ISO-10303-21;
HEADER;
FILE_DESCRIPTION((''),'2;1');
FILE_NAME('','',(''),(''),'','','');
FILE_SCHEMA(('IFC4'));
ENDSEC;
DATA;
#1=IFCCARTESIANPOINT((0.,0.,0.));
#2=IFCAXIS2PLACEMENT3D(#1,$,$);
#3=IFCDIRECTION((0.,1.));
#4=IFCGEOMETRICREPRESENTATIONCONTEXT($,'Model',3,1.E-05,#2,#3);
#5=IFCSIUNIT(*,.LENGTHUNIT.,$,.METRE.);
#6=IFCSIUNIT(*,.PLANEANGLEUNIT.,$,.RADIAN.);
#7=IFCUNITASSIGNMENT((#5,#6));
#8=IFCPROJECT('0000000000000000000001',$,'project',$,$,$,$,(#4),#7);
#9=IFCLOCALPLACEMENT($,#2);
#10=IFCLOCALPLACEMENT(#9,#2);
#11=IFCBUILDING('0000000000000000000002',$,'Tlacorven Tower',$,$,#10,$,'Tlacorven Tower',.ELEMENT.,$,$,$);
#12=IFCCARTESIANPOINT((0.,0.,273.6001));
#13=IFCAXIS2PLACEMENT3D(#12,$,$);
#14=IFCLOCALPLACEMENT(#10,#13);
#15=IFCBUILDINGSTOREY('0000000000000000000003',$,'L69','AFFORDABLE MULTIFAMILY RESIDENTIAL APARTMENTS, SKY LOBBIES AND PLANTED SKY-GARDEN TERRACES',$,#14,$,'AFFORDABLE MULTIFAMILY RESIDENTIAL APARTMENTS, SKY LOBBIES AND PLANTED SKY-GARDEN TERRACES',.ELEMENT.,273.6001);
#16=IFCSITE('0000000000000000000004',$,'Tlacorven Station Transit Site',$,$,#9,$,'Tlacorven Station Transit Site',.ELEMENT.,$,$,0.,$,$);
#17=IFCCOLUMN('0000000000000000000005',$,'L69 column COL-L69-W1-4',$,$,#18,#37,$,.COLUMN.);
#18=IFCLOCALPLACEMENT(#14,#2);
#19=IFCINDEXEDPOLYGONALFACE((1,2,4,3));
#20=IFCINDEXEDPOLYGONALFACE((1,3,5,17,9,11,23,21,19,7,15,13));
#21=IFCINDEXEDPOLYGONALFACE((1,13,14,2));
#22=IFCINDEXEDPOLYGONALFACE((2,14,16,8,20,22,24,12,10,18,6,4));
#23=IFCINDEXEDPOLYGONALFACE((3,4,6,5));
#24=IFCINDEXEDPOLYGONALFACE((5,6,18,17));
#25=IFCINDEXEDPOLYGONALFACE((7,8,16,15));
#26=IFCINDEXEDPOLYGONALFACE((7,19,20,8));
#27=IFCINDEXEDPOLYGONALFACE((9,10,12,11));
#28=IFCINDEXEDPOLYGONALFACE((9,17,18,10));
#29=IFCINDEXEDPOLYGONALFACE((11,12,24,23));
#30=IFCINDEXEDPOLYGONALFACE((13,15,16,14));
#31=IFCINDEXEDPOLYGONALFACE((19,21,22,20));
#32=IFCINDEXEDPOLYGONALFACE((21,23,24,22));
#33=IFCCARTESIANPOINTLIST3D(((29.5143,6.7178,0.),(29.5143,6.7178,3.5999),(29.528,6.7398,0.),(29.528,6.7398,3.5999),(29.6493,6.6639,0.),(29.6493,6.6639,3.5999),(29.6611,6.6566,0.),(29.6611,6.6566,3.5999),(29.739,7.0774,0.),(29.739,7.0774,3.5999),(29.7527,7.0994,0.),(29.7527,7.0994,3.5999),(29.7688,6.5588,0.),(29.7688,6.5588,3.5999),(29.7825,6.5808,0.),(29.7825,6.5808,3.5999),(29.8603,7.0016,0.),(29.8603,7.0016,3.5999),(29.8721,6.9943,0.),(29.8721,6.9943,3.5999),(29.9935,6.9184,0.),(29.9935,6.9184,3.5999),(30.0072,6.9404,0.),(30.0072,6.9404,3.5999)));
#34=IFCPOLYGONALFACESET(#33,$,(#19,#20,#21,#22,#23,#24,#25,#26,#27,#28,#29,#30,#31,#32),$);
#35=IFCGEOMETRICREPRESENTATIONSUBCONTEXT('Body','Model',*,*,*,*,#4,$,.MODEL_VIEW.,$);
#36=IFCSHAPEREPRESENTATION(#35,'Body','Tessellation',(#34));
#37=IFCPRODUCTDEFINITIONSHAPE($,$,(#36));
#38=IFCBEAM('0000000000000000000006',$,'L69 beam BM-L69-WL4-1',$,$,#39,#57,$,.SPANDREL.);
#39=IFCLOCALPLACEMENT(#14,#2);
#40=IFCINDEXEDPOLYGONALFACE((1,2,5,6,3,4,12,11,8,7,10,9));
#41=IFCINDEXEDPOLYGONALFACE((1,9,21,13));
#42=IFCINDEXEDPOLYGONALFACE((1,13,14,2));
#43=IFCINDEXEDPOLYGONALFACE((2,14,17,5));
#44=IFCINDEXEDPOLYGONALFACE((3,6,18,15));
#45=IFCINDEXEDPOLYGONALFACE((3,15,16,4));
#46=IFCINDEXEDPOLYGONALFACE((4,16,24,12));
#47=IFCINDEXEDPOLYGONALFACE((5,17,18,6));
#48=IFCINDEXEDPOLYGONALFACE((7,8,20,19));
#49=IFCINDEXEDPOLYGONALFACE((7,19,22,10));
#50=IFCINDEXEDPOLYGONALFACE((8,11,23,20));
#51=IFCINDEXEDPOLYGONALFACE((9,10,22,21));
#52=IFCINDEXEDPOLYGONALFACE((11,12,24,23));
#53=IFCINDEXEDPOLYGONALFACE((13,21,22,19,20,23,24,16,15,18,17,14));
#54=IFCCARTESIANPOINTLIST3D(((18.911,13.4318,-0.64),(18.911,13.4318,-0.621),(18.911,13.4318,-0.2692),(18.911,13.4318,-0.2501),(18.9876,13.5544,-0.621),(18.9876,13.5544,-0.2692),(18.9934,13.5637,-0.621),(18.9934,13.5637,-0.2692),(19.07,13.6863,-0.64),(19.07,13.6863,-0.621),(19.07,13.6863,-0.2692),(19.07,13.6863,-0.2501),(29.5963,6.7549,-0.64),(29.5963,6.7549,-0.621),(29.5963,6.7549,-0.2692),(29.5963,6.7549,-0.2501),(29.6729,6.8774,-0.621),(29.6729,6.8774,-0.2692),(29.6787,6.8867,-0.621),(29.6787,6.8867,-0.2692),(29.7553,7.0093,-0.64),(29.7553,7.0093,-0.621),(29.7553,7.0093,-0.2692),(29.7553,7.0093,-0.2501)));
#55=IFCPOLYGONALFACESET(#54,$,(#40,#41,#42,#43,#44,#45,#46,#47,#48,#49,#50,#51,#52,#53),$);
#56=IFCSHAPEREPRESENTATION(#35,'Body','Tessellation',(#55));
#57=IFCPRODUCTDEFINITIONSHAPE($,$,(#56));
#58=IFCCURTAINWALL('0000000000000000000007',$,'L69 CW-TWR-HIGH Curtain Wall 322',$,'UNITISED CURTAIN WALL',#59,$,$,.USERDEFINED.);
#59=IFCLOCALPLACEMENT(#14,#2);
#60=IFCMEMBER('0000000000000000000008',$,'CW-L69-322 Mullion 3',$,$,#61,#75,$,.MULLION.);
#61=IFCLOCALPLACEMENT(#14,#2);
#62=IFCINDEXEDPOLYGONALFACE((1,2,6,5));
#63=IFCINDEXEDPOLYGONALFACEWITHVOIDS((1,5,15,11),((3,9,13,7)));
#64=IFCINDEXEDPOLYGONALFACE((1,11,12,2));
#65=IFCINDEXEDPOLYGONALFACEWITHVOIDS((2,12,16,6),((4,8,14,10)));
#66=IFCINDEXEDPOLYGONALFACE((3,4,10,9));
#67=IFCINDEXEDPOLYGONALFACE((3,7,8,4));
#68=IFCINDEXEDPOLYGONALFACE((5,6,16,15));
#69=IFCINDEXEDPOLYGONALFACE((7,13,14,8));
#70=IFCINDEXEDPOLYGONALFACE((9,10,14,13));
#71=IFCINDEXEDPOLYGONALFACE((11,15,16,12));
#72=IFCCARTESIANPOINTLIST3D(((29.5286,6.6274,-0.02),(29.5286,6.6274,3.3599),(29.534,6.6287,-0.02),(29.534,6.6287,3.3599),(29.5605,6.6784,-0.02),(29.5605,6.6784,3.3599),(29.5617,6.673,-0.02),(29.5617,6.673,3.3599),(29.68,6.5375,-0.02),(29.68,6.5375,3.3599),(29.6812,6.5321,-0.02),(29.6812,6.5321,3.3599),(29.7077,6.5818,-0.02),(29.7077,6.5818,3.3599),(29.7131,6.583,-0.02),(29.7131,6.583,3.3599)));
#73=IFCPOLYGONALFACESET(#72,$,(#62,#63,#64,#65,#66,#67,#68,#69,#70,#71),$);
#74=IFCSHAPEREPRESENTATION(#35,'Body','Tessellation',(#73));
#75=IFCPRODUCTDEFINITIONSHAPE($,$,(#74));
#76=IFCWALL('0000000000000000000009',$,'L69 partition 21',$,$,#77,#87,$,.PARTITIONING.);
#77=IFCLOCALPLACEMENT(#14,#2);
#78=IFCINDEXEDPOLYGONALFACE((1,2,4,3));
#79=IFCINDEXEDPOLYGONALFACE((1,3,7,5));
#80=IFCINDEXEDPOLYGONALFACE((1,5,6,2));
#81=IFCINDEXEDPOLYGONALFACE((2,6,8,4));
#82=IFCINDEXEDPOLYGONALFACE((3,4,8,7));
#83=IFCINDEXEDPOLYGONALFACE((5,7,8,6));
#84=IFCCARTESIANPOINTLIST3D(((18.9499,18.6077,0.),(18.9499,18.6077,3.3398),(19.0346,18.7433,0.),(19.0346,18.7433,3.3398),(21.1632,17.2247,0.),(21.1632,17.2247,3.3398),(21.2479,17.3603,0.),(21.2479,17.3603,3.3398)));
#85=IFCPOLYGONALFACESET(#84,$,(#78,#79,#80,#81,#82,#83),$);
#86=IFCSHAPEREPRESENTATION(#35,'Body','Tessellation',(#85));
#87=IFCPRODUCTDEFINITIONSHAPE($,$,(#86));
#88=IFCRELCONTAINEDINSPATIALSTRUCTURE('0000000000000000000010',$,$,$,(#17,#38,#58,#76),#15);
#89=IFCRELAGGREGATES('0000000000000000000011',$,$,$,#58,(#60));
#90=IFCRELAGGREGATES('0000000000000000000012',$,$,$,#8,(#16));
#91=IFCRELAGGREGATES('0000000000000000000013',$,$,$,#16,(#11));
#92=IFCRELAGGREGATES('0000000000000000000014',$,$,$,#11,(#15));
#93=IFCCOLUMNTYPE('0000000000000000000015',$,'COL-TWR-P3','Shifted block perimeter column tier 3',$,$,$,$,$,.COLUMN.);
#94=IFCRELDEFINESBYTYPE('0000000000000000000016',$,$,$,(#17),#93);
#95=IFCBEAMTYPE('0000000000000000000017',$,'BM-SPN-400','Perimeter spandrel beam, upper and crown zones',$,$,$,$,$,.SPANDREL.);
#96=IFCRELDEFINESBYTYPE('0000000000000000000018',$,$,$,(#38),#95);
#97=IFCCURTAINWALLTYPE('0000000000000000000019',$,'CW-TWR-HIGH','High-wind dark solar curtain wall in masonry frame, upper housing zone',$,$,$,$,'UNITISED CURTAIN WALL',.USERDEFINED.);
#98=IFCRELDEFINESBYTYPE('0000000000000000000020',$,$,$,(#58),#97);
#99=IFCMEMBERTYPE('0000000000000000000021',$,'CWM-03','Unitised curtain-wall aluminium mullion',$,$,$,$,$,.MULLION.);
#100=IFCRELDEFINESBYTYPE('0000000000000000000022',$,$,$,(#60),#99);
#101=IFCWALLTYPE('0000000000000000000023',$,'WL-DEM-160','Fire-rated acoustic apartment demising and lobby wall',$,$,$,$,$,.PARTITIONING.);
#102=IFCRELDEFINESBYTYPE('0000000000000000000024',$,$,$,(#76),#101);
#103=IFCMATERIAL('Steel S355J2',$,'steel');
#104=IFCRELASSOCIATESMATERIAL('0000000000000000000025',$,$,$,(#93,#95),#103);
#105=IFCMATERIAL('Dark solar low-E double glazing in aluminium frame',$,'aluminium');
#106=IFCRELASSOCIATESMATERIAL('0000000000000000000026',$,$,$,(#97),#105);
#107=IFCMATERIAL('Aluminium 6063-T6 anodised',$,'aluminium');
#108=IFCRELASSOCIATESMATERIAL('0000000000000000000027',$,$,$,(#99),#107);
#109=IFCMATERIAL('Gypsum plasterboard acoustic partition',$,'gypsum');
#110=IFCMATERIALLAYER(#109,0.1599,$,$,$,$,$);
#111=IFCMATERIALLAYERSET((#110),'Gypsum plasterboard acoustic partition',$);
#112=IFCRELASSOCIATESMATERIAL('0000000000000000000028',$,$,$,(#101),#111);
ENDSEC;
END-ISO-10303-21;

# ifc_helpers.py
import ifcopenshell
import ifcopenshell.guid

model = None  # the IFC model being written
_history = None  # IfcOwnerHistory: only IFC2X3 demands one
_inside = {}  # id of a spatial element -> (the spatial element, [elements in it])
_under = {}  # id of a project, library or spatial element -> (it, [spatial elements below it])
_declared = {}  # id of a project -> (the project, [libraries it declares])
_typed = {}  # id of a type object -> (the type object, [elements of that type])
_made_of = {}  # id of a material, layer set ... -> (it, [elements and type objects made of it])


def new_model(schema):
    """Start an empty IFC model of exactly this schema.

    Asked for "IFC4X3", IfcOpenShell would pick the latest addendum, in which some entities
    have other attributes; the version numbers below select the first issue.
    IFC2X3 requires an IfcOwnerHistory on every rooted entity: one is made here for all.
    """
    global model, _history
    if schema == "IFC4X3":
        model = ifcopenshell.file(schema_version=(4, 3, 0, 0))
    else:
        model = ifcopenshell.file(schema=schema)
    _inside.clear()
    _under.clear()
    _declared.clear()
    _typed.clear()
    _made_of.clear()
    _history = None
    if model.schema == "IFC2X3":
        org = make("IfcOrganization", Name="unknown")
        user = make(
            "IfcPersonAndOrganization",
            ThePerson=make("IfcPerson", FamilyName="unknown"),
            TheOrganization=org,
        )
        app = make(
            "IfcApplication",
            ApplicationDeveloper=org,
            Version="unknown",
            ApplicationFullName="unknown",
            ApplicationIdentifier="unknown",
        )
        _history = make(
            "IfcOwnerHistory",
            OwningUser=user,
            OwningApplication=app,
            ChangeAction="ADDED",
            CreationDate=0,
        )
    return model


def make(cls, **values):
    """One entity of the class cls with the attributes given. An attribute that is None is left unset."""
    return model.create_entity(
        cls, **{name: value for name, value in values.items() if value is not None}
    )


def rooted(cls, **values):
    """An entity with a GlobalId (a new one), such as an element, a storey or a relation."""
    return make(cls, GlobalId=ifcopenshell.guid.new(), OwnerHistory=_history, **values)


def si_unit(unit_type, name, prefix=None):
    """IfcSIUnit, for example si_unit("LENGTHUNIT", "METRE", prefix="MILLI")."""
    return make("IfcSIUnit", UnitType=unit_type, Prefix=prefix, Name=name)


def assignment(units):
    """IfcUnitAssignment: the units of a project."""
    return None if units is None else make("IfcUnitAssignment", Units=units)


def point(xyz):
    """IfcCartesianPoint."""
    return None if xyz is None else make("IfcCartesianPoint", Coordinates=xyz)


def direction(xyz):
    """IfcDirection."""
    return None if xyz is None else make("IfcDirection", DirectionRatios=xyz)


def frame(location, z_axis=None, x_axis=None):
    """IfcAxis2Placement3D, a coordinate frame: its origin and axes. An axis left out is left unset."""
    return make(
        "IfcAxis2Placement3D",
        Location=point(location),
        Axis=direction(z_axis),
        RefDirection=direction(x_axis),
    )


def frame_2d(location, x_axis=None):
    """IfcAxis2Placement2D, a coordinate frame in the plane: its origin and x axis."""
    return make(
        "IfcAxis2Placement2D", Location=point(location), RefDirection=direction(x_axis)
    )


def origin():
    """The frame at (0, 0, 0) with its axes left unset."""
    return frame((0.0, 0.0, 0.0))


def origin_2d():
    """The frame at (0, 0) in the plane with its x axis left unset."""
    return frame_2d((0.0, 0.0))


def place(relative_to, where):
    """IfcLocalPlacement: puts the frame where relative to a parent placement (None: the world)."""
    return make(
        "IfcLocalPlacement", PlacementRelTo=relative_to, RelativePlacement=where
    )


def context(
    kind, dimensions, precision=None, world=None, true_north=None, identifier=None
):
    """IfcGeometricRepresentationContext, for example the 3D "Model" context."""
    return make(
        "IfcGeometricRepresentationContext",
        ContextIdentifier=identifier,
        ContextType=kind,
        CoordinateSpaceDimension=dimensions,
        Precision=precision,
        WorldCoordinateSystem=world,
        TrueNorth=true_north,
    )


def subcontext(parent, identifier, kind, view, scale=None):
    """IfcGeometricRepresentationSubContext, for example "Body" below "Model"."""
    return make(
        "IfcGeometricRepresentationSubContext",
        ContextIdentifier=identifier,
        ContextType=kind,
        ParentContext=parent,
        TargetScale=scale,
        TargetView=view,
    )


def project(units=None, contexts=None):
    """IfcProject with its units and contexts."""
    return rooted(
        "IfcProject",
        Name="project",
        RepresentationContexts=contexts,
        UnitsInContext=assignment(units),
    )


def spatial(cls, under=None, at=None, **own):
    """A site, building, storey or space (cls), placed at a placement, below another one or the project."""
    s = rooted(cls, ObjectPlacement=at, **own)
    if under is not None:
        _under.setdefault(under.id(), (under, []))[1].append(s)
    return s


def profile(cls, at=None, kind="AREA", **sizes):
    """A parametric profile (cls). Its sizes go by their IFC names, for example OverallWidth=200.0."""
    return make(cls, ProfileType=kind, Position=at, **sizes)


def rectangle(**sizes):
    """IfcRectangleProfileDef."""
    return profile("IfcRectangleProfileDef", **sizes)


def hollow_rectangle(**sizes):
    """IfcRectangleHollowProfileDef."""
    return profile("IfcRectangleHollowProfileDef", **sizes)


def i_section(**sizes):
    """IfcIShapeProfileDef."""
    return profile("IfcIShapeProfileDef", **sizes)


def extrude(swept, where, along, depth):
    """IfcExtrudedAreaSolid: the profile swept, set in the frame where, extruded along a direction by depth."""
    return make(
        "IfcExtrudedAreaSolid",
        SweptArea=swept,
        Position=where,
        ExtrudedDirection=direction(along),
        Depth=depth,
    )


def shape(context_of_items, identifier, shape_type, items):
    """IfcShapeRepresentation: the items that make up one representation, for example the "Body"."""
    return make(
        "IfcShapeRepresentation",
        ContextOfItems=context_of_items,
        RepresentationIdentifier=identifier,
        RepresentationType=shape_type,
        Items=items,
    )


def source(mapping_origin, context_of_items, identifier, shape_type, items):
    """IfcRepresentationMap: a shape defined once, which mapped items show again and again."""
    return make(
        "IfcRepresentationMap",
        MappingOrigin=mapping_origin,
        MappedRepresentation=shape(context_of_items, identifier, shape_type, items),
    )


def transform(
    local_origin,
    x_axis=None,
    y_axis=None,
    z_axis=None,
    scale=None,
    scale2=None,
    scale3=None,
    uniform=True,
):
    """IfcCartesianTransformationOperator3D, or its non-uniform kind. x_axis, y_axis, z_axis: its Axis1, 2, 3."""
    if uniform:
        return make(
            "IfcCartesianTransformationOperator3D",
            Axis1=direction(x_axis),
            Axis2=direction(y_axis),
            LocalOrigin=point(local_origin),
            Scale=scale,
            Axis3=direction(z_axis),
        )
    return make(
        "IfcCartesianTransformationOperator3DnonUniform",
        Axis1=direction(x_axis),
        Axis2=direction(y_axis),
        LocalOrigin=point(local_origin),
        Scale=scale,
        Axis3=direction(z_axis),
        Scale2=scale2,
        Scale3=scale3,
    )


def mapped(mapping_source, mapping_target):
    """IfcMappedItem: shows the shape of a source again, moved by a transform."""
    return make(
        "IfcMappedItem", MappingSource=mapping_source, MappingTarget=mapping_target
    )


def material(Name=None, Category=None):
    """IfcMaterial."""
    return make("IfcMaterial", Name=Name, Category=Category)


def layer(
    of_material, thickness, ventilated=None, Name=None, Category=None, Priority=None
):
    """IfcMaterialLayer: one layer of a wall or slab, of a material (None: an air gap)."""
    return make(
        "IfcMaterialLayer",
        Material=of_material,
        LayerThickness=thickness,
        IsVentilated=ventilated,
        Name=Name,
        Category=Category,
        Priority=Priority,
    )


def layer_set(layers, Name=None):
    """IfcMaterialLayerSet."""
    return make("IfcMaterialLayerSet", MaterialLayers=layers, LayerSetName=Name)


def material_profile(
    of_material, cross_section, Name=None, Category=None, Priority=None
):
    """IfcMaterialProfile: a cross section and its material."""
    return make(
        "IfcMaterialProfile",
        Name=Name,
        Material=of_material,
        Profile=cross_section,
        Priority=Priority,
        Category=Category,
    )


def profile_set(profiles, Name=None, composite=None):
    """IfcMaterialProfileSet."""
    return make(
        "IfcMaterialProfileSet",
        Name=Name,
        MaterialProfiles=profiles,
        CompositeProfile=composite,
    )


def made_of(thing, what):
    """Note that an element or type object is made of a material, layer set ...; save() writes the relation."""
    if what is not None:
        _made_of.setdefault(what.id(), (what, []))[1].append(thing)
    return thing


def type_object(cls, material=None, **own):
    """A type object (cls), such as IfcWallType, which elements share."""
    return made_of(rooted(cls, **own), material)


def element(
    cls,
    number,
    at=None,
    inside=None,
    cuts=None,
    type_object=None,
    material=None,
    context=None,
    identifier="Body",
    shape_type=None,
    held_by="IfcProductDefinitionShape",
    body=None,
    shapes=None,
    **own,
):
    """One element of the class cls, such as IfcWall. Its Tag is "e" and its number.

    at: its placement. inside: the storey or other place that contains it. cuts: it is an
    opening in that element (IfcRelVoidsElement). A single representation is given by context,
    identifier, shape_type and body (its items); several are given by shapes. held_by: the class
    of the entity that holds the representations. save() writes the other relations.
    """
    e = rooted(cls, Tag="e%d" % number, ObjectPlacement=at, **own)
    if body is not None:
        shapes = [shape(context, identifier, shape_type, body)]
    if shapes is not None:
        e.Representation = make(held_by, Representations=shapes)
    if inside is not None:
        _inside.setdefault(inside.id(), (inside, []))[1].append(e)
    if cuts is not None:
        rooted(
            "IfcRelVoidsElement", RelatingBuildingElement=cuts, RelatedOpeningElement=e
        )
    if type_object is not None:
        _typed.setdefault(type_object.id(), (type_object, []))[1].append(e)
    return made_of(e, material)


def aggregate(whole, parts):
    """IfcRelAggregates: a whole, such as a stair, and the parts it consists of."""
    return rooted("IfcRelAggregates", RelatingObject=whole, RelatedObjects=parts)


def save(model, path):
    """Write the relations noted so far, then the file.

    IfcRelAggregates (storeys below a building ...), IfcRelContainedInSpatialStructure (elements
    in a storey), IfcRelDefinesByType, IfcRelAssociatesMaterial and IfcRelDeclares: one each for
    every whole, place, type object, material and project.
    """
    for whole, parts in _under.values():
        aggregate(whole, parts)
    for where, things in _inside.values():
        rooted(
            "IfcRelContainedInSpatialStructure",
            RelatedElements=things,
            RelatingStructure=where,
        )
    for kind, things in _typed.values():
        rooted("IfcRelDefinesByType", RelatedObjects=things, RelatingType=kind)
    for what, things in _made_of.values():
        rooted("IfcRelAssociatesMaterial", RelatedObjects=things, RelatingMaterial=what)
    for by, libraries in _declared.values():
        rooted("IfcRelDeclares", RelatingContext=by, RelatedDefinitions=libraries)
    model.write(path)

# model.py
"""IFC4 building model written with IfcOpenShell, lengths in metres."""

from ifc_helpers import new_model, si_unit, direction, frame, frame_2d, origin, origin_2d, place, context, subcontext, project, spatial, rectangle, hollow_rectangle, i_section, extrude, source, transform, mapped, material, layer, layer_set, material_profile, profile_set, type_object, element, aggregate, save


model = new_model("IFC4")

# Units and contexts
model_context = context("Model", 3, precision=1e-05, world=origin(), true_north=direction((0.0, 1.0)))
body_context = subcontext(model_context, "Body", "Model", "MODEL_VIEW")
ifc_project = project(units=[si_unit("LENGTHUNIT", "METRE"), si_unit("PLANEANGLEUNIT", "RADIAN")], contexts=[model_context])

# Site, building, storey
site_placement = place(None, origin())
site = spatial("IfcSite", under=ifc_project, at=site_placement, Name="Tlacorven Station Transit Site", LongName="Tlacorven Station Transit Site", CompositionType="ELEMENT", RefElevation=0.0)
building_placement = place(site_placement, origin())
building = spatial("IfcBuilding", under=site, at=building_placement, Name="Tlacorven Tower", LongName="Tlacorven Tower", CompositionType="ELEMENT")
storey_placement = place(building_placement, frame((0.0, 0.0, 273.6001)))
storey = spatial("IfcBuildingStorey", under=building, at=storey_placement, Name="L69", Description="AFFORDABLE MULTIFAMILY RESIDENTIAL APARTMENTS, SKY LOBBIES AND PLANTED SKY-GARDEN TERRACES", LongName="AFFORDABLE MULTIFAMILY RESIDENTIAL APARTMENTS, SKY LOBBIES AND PLANTED SKY-GARDEN TERRACES", CompositionType="ELEMENT", Elevation=273.6001)

# Column
ifc_material_1 = material(Name="Steel S355J2", Category="steel")
ifc_material_profile_1 = material_profile(ifc_material_1, i_section(OverallWidth=0.3, OverallDepth=0.45, WebThickness=0.0139, FlangeThickness=0.0259, at=origin_2d()), Name="HEB 450")
ifc_profile_set_1 = profile_set([ifc_material_profile_1], Name="Steel S355J2")
column_type = type_object("IfcColumnType", Name="COL-TWR-P3", Description="Shifted block perimeter column tier 3", PredefinedType="COLUMN", material=ifc_profile_set_1)
shared_shape_1 = source(origin(), body_context, "Body", "SweptSolid", [
    extrude(i_section(OverallWidth=0.3, OverallDepth=0.45, WebThickness=0.0139, FlangeThickness=0.0259, at=origin_2d()), origin(), (0.0, 0.0, 1.0), 3.5999),
])
column_placement = place(storey_placement, frame((29.7607, 6.8291, 0.0), z_axis=(0.0, 0.0, 1.0), x_axis=(-0.848048, 0.529919, 0.0)))
element("IfcColumn", 1, at=column_placement, inside=storey, type_object=column_type, Name="L69 column COL-L69-W1-4", PredefinedType="COLUMN", context=body_context, shape_type="MappedRepresentation", body=[
    mapped(shared_shape_1, transform((0.0, 0.0, 0.0), scale=1.0)),
])

# Beam
ifc_material_profile_2 = material_profile(ifc_material_1, i_section(OverallWidth=0.3, OverallDepth=0.3899, WebThickness=0.011, FlangeThickness=0.019, at=origin_2d()), Name="HEA 400")
ifc_profile_set_2 = profile_set([ifc_material_profile_2], Name="Steel S355J2")
beam_type = type_object("IfcBeamType", Name="BM-SPN-400", Description="Perimeter spandrel beam, upper and crown zones", PredefinedType="SPANDREL", material=ifc_profile_set_2)
shared_shape_2 = source(origin(), body_context, "Body", "SweptSolid", [
    extrude(i_section(OverallWidth=0.3, OverallDepth=0.3899, WebThickness=0.011, FlangeThickness=0.019, at=origin_2d()), origin(), (0.0, 0.0, 1.0), 12.5999),
])
beam_placement = place(storey_placement, frame((29.6758, 6.8821, -0.4451), z_axis=(-0.848045, 0.529924, 0.0), x_axis=(-0.529924, -0.848045, 0.0)))
element("IfcBeam", 2, at=beam_placement, inside=storey, type_object=beam_type, Name="L69 beam BM-L69-WL4-1", PredefinedType="SPANDREL", context=body_context, shape_type="MappedRepresentation", body=[
    mapped(shared_shape_2, transform((0.0, 0.0, 0.0), scale=1.0)),
])

# Curtain wall, member
ifc_material_2 = material(Name="Dark solar low-E double glazing in aluminium frame", Category="aluminium")
curtain_wall_type = type_object("IfcCurtainWallType", Name="CW-TWR-HIGH", Description="High-wind dark solar curtain wall in masonry frame, upper housing zone", ElementType="UNITISED CURTAIN WALL", PredefinedType="USERDEFINED", material=ifc_material_2)
curtain_wall_placement = place(storey_placement, origin())
curtain_wall = element("IfcCurtainWall", 3, at=curtain_wall_placement, inside=storey, type_object=curtain_wall_type, Name="L69 CW-TWR-HIGH Curtain Wall 322", ObjectType="UNITISED CURTAIN WALL", PredefinedType="USERDEFINED")
ifc_material_3 = material(Name="Aluminium 6063-T6 anodised", Category="aluminium")
ifc_material_profile_3 = material_profile(ifc_material_3, hollow_rectangle(XDim=0.0601, YDim=0.1799, WallThickness=0.0039, at=origin_2d()), Name="ALU MULLION 60X180")
ifc_profile_set_3 = profile_set([ifc_material_profile_3], Name="Aluminium 6063-T6 anodised")
member_type = type_object("IfcMemberType", Name="CWM-03", Description="Unitised curtain-wall aluminium mullion", PredefinedType="MULLION", material=ifc_profile_set_3)
shared_shape_3 = source(origin(), body_context, "Body", "SweptSolid", [
    extrude(hollow_rectangle(XDim=0.0601, YDim=0.1799, WallThickness=0.0039, at=origin_2d()), origin(), (0.0, 0.0, 1.0), 3.3799),
])
member_placement = place(storey_placement, frame((29.6208, 6.6052, -0.02), z_axis=(0.0, 0.0, 1.0), x_axis=(-0.529919, -0.848048, 0.0)))
member = element("IfcMember", 4, at=member_placement, type_object=member_type, Name="CW-L69-322 Mullion 3", PredefinedType="MULLION", context=body_context, shape_type="MappedRepresentation", body=[
    mapped(shared_shape_3, transform((0.0, 0.0, 0.0), scale=1.0)),
])
aggregate(curtain_wall, [member])

# Wall
ifc_material_4 = material(Name="Gypsum plasterboard acoustic partition", Category="gypsum")
ifc_layer_1 = layer(ifc_material_4, 0.1599)
ifc_layer_set_1 = layer_set([ifc_layer_1], Name="Gypsum plasterboard acoustic partition")
wall_type_1 = type_object("IfcWallType", Name="WL-DEM-160", Description="Fire-rated acoustic apartment demising and lobby wall", PredefinedType="PARTITIONING", material=ifc_layer_set_1)
wall_1_placement = place(storey_placement, frame((21.2056, 17.2925, 0.0), z_axis=(0.0, 0.0, 1.0), x_axis=(-0.848051, 0.529915, 0.0)))
element("IfcWall", 5, at=wall_1_placement, inside=storey, type_object=wall_type_1, Name="L69 partition 21", PredefinedType="PARTITIONING", context=body_context, shape_type="SweptSolid", body=[
    extrude(rectangle(XDim=2.6099, YDim=0.1599, at=frame_2d((1.3049, 0.0))), origin(), (0.0, 0.0, 1.0), 3.3398),
])

save(model, "model.ifc")
